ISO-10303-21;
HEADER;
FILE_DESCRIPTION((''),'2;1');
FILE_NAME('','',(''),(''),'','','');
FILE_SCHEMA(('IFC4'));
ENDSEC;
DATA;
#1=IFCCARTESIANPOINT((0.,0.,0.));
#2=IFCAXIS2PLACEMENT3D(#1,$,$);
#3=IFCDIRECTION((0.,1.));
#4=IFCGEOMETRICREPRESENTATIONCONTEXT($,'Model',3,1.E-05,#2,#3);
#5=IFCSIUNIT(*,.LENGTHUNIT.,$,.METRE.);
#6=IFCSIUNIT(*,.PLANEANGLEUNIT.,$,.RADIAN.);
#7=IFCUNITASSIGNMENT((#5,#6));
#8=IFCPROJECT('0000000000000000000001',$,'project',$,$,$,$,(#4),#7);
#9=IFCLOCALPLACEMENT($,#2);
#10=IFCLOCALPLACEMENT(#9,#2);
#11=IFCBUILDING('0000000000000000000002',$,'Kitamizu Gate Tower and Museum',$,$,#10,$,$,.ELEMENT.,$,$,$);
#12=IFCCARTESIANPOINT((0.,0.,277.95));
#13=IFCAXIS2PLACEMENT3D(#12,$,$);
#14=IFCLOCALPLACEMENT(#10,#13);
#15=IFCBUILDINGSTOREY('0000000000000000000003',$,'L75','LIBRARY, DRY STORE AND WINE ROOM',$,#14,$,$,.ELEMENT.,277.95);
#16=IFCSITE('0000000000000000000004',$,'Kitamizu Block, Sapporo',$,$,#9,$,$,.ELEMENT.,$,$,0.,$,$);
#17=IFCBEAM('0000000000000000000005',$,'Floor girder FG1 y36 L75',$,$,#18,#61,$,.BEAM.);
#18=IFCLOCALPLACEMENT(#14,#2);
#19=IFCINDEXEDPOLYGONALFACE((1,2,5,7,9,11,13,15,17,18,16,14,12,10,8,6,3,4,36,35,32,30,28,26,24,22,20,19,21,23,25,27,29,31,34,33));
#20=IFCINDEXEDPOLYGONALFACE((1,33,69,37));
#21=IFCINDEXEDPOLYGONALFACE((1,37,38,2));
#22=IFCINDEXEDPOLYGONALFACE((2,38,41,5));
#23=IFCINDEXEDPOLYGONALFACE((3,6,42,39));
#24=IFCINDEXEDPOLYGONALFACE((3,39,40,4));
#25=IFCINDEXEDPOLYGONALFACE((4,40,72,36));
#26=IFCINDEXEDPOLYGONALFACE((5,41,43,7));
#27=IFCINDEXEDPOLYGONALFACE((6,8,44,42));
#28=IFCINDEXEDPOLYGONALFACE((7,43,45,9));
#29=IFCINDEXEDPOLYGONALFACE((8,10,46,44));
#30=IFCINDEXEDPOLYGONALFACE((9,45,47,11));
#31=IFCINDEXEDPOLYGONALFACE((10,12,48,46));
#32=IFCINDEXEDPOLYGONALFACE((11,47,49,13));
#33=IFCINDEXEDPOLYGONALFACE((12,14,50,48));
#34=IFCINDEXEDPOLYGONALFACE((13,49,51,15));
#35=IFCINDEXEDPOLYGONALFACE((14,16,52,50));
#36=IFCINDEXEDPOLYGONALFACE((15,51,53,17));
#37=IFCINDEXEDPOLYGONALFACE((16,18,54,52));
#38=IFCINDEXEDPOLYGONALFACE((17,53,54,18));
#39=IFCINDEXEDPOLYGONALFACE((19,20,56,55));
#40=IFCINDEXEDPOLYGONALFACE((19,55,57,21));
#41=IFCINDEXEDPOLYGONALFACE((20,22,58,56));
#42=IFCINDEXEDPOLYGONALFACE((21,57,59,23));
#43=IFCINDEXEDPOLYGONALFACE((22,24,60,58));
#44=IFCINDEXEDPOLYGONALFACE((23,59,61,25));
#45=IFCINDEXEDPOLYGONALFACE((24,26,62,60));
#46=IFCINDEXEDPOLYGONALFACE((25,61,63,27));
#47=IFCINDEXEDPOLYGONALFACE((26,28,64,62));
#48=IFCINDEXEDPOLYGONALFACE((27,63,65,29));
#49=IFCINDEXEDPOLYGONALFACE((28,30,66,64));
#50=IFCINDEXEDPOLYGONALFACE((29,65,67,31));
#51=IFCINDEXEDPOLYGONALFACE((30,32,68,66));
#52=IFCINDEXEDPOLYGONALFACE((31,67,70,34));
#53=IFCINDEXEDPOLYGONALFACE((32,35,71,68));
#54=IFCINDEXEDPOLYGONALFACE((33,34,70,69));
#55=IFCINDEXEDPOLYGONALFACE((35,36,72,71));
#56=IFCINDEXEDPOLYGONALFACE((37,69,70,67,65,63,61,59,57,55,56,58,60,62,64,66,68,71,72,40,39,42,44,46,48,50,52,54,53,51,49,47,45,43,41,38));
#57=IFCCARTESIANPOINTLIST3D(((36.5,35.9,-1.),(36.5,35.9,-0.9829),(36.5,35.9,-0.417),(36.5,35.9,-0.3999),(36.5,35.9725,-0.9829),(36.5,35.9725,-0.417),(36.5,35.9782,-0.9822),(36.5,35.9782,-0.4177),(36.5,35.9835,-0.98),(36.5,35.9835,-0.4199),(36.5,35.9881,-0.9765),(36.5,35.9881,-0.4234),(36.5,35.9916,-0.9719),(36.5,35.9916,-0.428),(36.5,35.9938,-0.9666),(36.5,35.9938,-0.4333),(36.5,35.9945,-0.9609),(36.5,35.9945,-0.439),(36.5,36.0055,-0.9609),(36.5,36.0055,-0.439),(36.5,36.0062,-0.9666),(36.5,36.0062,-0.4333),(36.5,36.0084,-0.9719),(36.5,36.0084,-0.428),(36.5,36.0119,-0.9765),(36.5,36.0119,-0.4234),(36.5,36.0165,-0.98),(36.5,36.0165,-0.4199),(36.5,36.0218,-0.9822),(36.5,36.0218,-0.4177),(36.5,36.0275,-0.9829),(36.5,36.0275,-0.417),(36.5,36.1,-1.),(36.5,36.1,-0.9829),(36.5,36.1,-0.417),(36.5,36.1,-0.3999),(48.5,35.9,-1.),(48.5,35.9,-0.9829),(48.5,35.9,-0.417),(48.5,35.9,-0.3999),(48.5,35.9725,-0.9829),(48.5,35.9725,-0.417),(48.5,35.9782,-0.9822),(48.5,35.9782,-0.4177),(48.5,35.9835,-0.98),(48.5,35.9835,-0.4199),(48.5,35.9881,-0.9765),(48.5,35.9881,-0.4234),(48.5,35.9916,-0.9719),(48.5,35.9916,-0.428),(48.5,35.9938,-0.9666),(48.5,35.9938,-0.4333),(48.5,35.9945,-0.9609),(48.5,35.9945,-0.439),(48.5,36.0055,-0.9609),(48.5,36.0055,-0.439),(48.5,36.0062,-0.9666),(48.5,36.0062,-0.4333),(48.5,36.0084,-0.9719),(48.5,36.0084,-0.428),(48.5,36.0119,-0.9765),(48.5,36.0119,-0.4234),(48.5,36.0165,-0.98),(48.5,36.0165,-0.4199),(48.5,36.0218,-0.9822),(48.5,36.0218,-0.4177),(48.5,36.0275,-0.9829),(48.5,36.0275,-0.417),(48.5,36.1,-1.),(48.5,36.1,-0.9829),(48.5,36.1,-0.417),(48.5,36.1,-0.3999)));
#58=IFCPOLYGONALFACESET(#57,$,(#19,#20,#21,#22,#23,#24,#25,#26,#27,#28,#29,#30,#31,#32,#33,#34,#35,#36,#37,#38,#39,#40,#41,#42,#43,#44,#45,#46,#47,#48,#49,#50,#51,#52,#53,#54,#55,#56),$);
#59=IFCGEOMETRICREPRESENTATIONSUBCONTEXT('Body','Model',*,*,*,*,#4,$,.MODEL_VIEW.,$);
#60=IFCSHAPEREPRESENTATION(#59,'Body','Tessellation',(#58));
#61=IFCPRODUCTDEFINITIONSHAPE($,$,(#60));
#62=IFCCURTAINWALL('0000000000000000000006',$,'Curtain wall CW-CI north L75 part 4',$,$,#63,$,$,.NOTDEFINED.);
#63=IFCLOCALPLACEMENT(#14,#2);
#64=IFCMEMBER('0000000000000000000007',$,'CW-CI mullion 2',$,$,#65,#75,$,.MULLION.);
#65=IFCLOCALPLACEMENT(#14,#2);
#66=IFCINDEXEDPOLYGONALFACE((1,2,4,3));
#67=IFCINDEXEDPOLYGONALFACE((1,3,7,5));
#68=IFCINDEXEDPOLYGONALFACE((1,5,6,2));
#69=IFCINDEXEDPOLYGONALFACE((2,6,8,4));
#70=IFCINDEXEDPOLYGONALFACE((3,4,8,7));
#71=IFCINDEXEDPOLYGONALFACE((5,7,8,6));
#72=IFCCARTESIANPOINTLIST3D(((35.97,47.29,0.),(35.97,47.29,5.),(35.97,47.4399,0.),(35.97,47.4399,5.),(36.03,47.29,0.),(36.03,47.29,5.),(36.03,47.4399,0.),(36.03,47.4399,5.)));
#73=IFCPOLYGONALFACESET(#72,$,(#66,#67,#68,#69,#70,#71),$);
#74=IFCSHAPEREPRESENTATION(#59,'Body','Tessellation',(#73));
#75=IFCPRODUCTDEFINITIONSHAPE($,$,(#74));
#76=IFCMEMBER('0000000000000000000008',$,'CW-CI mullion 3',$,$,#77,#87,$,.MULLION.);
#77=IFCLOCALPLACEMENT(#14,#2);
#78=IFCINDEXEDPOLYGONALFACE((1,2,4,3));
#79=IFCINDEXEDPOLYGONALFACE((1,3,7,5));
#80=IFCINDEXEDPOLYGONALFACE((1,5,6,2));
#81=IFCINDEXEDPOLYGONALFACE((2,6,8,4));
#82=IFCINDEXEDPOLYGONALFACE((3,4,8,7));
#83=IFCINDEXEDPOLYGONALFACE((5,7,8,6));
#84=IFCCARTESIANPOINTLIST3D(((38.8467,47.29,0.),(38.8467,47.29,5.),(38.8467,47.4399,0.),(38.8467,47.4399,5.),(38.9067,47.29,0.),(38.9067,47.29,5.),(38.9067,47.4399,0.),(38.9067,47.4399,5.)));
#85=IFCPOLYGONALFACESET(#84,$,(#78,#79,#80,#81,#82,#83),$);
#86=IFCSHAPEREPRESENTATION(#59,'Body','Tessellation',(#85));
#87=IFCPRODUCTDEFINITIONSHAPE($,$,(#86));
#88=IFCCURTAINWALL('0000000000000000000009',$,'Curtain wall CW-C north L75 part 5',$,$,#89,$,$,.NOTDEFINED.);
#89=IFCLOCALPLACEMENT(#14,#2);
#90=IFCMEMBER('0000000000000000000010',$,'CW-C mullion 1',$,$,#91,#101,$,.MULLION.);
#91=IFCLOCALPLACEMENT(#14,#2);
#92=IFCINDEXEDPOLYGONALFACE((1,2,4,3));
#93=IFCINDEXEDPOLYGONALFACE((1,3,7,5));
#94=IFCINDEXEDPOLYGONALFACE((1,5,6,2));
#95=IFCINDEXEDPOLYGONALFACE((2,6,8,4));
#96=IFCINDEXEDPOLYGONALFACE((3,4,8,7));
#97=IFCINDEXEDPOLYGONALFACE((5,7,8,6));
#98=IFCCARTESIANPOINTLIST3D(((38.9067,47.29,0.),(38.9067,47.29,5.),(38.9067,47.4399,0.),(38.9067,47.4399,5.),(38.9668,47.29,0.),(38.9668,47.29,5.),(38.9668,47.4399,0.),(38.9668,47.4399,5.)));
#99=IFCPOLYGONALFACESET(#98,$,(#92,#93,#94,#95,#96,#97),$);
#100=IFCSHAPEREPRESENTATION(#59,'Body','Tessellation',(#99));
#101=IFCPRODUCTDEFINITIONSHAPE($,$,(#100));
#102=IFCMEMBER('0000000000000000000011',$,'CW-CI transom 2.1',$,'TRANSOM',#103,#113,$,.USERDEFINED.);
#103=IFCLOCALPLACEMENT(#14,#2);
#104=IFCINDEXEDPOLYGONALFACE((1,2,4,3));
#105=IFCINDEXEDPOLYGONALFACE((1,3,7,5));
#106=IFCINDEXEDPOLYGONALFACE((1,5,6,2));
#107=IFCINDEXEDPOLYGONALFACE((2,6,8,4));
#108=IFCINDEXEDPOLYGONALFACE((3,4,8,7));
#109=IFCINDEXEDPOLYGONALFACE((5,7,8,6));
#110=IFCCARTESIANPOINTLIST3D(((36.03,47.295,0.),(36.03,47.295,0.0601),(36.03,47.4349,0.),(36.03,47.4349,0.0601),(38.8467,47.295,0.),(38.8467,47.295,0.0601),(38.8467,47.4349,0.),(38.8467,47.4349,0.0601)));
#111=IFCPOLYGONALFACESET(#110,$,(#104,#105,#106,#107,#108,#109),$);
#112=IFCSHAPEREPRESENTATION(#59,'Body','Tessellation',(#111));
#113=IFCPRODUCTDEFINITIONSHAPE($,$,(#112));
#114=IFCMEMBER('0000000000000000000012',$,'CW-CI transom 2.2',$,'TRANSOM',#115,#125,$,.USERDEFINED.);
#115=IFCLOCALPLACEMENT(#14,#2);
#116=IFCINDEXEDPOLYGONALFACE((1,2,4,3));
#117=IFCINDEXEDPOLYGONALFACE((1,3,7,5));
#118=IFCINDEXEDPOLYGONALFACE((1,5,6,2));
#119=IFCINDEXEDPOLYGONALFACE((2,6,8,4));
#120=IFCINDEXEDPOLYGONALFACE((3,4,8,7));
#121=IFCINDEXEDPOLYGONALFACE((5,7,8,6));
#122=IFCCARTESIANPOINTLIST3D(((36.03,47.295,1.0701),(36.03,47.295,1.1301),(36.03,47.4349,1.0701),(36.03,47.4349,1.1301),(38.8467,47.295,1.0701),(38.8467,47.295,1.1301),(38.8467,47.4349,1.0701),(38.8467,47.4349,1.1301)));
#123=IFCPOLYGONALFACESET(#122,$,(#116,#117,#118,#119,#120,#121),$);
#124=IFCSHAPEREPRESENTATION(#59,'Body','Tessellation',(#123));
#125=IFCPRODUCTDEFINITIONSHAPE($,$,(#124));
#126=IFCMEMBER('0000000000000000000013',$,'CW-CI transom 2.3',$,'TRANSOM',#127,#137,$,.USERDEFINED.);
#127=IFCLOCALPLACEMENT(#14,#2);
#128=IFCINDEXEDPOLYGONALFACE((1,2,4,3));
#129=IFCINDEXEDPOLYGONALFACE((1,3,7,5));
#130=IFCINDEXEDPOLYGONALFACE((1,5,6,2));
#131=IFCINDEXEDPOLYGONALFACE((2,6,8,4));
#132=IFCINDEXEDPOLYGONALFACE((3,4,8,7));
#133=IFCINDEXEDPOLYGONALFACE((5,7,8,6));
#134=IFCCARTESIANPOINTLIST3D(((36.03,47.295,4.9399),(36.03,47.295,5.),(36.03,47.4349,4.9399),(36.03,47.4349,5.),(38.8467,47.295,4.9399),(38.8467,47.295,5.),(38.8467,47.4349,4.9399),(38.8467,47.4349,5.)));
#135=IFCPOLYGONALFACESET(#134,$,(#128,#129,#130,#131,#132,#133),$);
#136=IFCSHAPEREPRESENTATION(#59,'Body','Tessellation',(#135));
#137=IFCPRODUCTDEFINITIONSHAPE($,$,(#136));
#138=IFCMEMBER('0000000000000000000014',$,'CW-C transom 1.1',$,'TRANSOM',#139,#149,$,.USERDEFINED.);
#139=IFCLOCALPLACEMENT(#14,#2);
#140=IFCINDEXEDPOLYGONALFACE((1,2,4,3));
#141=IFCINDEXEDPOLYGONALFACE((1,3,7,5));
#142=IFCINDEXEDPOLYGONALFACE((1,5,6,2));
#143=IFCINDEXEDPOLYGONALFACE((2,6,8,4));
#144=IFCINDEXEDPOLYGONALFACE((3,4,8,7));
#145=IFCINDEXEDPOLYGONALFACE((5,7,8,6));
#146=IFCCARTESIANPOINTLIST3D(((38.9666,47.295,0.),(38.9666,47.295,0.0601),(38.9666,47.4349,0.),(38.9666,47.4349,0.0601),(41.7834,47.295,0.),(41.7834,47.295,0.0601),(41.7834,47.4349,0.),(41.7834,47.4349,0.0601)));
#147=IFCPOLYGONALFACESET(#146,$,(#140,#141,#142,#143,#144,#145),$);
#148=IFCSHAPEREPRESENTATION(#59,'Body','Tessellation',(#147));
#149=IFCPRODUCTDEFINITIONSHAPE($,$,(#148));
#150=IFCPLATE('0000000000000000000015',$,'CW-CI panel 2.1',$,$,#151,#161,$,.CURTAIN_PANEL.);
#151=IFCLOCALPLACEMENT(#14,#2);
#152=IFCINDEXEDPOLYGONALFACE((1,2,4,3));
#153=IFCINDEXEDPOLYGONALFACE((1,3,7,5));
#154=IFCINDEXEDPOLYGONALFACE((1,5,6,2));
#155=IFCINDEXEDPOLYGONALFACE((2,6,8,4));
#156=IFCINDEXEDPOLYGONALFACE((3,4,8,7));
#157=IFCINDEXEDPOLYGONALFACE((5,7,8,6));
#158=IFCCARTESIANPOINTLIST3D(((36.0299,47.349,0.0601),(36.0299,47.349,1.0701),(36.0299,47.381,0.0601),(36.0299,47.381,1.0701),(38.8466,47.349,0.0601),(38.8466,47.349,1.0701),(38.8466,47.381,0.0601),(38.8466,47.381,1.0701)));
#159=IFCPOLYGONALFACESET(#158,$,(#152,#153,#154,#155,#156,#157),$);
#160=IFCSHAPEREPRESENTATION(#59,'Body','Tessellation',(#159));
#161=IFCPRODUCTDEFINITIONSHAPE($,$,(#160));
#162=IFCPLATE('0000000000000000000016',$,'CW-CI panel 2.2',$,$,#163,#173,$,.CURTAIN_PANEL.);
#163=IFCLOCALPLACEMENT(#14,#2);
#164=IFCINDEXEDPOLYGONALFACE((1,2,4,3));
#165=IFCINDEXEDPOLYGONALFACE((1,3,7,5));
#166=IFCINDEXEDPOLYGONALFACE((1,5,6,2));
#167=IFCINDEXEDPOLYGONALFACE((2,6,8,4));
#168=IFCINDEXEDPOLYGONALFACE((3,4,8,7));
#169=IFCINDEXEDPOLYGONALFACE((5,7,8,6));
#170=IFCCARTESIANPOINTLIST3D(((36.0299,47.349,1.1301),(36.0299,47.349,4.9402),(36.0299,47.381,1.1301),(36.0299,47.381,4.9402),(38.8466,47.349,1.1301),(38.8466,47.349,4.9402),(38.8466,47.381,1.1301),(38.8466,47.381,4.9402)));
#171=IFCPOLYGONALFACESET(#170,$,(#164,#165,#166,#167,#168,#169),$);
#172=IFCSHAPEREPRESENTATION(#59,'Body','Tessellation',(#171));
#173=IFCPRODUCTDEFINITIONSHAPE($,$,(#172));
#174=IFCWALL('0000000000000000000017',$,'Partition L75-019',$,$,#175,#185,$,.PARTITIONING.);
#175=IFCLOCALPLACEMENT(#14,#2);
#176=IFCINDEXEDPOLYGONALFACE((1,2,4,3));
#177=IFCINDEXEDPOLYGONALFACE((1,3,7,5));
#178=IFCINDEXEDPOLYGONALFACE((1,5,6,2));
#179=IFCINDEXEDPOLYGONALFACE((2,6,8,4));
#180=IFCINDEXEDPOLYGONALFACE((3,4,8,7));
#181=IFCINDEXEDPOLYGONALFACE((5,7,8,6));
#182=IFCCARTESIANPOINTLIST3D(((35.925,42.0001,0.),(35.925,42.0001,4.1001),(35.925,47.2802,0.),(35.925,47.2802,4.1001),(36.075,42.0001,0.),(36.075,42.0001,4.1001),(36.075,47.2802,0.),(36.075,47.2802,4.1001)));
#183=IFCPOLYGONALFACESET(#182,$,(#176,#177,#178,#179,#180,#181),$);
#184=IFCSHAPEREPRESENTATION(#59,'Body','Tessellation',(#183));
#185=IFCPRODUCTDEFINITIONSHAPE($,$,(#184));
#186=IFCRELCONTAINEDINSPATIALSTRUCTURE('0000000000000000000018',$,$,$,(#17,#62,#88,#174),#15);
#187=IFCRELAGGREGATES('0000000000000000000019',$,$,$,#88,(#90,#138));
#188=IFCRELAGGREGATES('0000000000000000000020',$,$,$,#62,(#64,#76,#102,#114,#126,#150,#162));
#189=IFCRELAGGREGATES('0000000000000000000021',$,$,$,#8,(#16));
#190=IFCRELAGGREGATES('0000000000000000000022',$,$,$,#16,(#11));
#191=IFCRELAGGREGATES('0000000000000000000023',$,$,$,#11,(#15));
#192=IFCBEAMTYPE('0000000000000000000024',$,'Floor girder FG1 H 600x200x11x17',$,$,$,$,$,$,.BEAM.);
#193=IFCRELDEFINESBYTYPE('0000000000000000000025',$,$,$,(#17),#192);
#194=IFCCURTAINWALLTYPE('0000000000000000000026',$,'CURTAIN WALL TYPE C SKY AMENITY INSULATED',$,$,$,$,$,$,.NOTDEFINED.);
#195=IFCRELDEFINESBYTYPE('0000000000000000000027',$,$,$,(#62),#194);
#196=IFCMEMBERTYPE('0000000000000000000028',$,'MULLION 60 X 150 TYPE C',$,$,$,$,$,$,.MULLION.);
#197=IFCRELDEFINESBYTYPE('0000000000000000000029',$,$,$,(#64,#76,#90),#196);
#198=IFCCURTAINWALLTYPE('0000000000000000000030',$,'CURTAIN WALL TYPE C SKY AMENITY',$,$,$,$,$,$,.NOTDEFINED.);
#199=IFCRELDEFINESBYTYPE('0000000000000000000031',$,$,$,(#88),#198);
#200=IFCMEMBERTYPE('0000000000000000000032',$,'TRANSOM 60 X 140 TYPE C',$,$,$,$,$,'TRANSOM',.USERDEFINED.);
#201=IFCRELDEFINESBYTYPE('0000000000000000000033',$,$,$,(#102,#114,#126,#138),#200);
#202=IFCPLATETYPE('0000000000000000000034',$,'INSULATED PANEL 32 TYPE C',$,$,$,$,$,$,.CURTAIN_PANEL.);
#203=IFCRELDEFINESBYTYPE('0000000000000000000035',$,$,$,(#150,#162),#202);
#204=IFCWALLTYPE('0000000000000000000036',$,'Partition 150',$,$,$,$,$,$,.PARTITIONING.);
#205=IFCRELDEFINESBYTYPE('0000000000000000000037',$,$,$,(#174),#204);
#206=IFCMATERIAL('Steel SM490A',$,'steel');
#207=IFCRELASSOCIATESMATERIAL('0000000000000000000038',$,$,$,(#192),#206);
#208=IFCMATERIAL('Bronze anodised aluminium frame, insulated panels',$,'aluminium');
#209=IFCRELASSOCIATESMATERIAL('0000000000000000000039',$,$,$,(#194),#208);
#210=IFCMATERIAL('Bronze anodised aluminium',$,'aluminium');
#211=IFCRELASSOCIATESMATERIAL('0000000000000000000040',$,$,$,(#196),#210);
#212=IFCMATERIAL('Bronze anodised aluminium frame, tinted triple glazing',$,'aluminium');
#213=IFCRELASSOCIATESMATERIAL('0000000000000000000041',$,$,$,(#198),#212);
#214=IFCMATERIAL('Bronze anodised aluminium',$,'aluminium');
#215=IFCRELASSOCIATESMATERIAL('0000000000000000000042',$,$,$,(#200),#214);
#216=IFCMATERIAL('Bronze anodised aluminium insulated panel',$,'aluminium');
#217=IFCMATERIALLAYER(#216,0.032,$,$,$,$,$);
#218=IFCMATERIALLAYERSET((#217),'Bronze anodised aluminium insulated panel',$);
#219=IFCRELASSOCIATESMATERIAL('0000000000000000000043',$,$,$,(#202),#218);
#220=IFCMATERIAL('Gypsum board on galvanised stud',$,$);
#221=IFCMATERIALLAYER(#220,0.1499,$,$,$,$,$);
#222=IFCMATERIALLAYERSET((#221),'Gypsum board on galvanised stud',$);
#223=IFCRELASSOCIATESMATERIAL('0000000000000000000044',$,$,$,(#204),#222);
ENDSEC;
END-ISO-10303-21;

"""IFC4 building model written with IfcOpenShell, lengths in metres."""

from ifc_helpers import new_model, si_unit, direction, frame, frame_2d, origin, origin_2d, place, context, subcontext, project, spatial, rectangle, i_section, extrude, material, layer, layer_set, material_profile, profile_set, type_object, element, aggregate, save


model = new_model("IFC4")

# Units and contexts
model_context = context("Model", 3, precision=1e-05, world=origin(), true_north=direction((0.0, 1.0)))
body_context = subcontext(model_context, "Body", "Model", "MODEL_VIEW")
ifc_project = project(units=[si_unit("LENGTHUNIT", "METRE"), si_unit("PLANEANGLEUNIT", "RADIAN")], contexts=[model_context])

# Site, building, storey
site_placement = place(None, origin())
site = spatial("IfcSite", under=ifc_project, at=site_placement, Name="Kitamizu Block, Sapporo", CompositionType="ELEMENT", RefElevation=0.0)
building_placement = place(site_placement, origin())
building = spatial("IfcBuilding", under=site, at=building_placement, Name="Kitamizu Gate Tower and Museum", CompositionType="ELEMENT")
storey_placement = place(building_placement, frame((0.0, 0.0, 277.95)))
storey = spatial("IfcBuildingStorey", under=building, at=storey_placement, Name="L75", Description="LIBRARY, DRY STORE AND WINE ROOM", CompositionType="ELEMENT", Elevation=277.95)

# Beam
ifc_material_1 = material(Name="Steel SM490A", Category="steel")
ifc_material_profile_1 = material_profile(ifc_material_1, i_section(OverallWidth=0.2, OverallDepth=0.6001, WebThickness=0.011, FlangeThickness=0.0171, FilletRadius=0.022, at=origin_2d()), Name="H-600x200x11x17")
ifc_profile_set_1 = profile_set([ifc_material_profile_1], Name="Steel SM490A")
beam_type = type_object("IfcBeamType", Name="Floor girder FG1 H 600x200x11x17", PredefinedType="BEAM", material=ifc_profile_set_1)
beam_placement = place(storey_placement, frame((36.5, 36.0, -0.7), z_axis=(1.0, 0.0, 0.0), x_axis=(0.0, 1.0, 0.0)))
element("IfcBeam", 1, at=beam_placement, inside=storey, type_object=beam_type, Name="Floor girder FG1 y36 L75", PredefinedType="BEAM", context=body_context, shape_type="SweptSolid", body=[
    extrude(i_section(OverallWidth=0.2, OverallDepth=0.6001, WebThickness=0.011, FlangeThickness=0.0171, FilletRadius=0.022, at=origin_2d()), origin(), (0.0, 0.0, 1.0), 12.0),
])

# Curtain wall, members
ifc_material_2 = material(Name="Bronze anodised aluminium frame, insulated panels", Category="aluminium")
curtain_wall_type_1 = type_object("IfcCurtainWallType", Name="CURTAIN WALL TYPE C SKY AMENITY INSULATED", PredefinedType="NOTDEFINED", material=ifc_material_2)
curtain_wall_1_placement = place(storey_placement, origin())
curtain_wall_1 = element("IfcCurtainWall", 2, at=curtain_wall_1_placement, inside=storey, type_object=curtain_wall_type_1, Name="Curtain wall CW-CI north L75 part 4", PredefinedType="NOTDEFINED")
ifc_material_3 = material(Name="Bronze anodised aluminium", Category="aluminium")
ifc_material_profile_2 = material_profile(ifc_material_3, rectangle(XDim=0.0601, YDim=0.1499, at=origin_2d()), Name="AL 60X150")
ifc_profile_set_2 = profile_set([ifc_material_profile_2], Name="Bronze anodised aluminium")
member_type_1 = type_object("IfcMemberType", Name="MULLION 60 X 150 TYPE C", PredefinedType="MULLION", material=ifc_profile_set_2)
member_1_placement = place(storey_placement, frame((36.0, 47.365, 0.0), z_axis=(0.0, 0.0, 1.0), x_axis=(1.0, 0.0, 0.0)))
member_1 = element("IfcMember", 3, at=member_1_placement, type_object=member_type_1, Name="CW-CI mullion 2", PredefinedType="MULLION", context=body_context, shape_type="SweptSolid", body=[
    extrude(rectangle(XDim=0.0601, YDim=0.1499, at=origin_2d()), origin(), (0.0, 0.0, 1.0), 5.0),
])
member_2_placement = place(storey_placement, frame((38.8767, 47.365, 0.0), z_axis=(0.0, 0.0, 1.0), x_axis=(1.0, 0.0, 0.0)))
member_2 = element("IfcMember", 4, at=member_2_placement, type_object=member_type_1, Name="CW-CI mullion 3", PredefinedType="MULLION", context=body_context, shape_type="SweptSolid", body=[
    extrude(rectangle(XDim=0.0601, YDim=0.1499, at=origin_2d()), origin(), (0.0, 0.0, 1.0), 5.0),
])

# Curtain wall, member
ifc_material_4 = material(Name="Bronze anodised aluminium frame, tinted triple glazing", Category="aluminium")
curtain_wall_type_2 = type_object("IfcCurtainWallType", Name="CURTAIN WALL TYPE C SKY AMENITY", PredefinedType="NOTDEFINED", material=ifc_material_4)
curtain_wall_2_placement = place(storey_placement, origin())
curtain_wall_2 = element("IfcCurtainWall", 5, at=curtain_wall_2_placement, inside=storey, type_object=curtain_wall_type_2, Name="Curtain wall CW-C north L75 part 5", PredefinedType="NOTDEFINED")
member_3_placement = place(storey_placement, frame((38.9368, 47.365, 0.0), z_axis=(0.0, 0.0, 1.0), x_axis=(1.0, 0.0, 0.0)))
member_3 = element("IfcMember", 6, at=member_3_placement, type_object=member_type_1, Name="CW-C mullion 1", PredefinedType="MULLION", context=body_context, shape_type="SweptSolid", body=[
    extrude(rectangle(XDim=0.0601, YDim=0.1499, at=origin_2d()), origin(), (0.0, 0.0, 1.0), 5.0),
])

# Members
ifc_material_5 = material(Name="Bronze anodised aluminium", Category="aluminium")
ifc_material_profile_3 = material_profile(ifc_material_5, rectangle(XDim=0.1399, YDim=0.0601, at=origin_2d()), Name="AL 60X140")
ifc_profile_set_3 = profile_set([ifc_material_profile_3], Name="Bronze anodised aluminium")
member_type_2 = type_object("IfcMemberType", Name="TRANSOM 60 X 140 TYPE C", ElementType="TRANSOM", PredefinedType="USERDEFINED", material=ifc_profile_set_3)
member_4_placement = place(storey_placement, frame((36.03, 47.365, 0.03), z_axis=(1.0, 0.0, 0.0), x_axis=(0.0, 1.0, 0.0)))
member_4 = element("IfcMember", 7, at=member_4_placement, type_object=member_type_2, Name="CW-CI transom 2.1", ObjectType="TRANSOM", PredefinedType="USERDEFINED", context=body_context, shape_type="SweptSolid", body=[
    extrude(rectangle(XDim=0.1399, YDim=0.0601, at=origin_2d()), origin(), (0.0, 0.0, 1.0), 2.8167),
])
member_5_placement = place(storey_placement, frame((36.03, 47.365, 1.1001), z_axis=(1.0, 0.0, 0.0), x_axis=(0.0, 1.0, 0.0)))
member_5 = element("IfcMember", 8, at=member_5_placement, type_object=member_type_2, Name="CW-CI transom 2.2", ObjectType="TRANSOM", PredefinedType="USERDEFINED", context=body_context, shape_type="SweptSolid", body=[
    extrude(rectangle(XDim=0.1399, YDim=0.0601, at=origin_2d()), origin(), (0.0, 0.0, 1.0), 2.8167),
])
member_6_placement = place(storey_placement, frame((36.03, 47.365, 4.97), z_axis=(1.0, 0.0, 0.0), x_axis=(0.0, 1.0, 0.0)))
member_6 = element("IfcMember", 9, at=member_6_placement, type_object=member_type_2, Name="CW-CI transom 2.3", ObjectType="TRANSOM", PredefinedType="USERDEFINED", context=body_context, shape_type="SweptSolid", body=[
    extrude(rectangle(XDim=0.1399, YDim=0.0601, at=origin_2d()), origin(), (0.0, 0.0, 1.0), 2.8167),
])
member_7_placement = place(storey_placement, frame((38.9666, 47.365, 0.03), z_axis=(1.0, 0.0, 0.0), x_axis=(0.0, 1.0, 0.0)))
member_7 = element("IfcMember", 10, at=member_7_placement, type_object=member_type_2, Name="CW-C transom 1.1", ObjectType="TRANSOM", PredefinedType="USERDEFINED", context=body_context, shape_type="SweptSolid", body=[
    extrude(rectangle(XDim=0.1399, YDim=0.0601, at=origin_2d()), origin(), (0.0, 0.0, 1.0), 2.8169),
])
aggregate(curtain_wall_2, [member_3, member_7])

# Plates
ifc_material_6 = material(Name="Bronze anodised aluminium insulated panel", Category="aluminium")
ifc_layer_1 = layer(ifc_material_6, 0.032)
ifc_layer_set_1 = layer_set([ifc_layer_1], Name="Bronze anodised aluminium insulated panel")
plate_type = type_object("IfcPlateType", Name="INSULATED PANEL 32 TYPE C", PredefinedType="CURTAIN_PANEL", material=ifc_layer_set_1)
plate_1_placement = place(storey_placement, frame((37.4382, 47.365, 0.0601), z_axis=(0.0, 0.0, 1.0), x_axis=(1.0, 0.0, 0.0)))
plate_1 = element("IfcPlate", 11, at=plate_1_placement, type_object=plate_type, Name="CW-CI panel 2.1", PredefinedType="CURTAIN_PANEL", context=body_context, shape_type="SweptSolid", body=[
    extrude(rectangle(XDim=2.8167, YDim=0.032, at=origin_2d()), origin(), (0.0, 0.0, 1.0), 1.01),
])
plate_2_placement = place(storey_placement, frame((37.4382, 47.365, 1.1301), z_axis=(0.0, 0.0, 1.0), x_axis=(1.0, 0.0, 0.0)))
plate_2 = element("IfcPlate", 12, at=plate_2_placement, type_object=plate_type, Name="CW-CI panel 2.2", PredefinedType="CURTAIN_PANEL", context=body_context, shape_type="SweptSolid", body=[
    extrude(rectangle(XDim=2.8167, YDim=0.032, at=origin_2d()), origin(), (0.0, 0.0, 1.0), 3.8101),
])
aggregate(curtain_wall_1, [member_1, member_2, member_4, member_5, member_6, plate_1, plate_2])

# Wall
ifc_material_7 = material(Name="Gypsum board on galvanised stud")
ifc_layer_2 = layer(ifc_material_7, 0.1499)
ifc_layer_set_2 = layer_set([ifc_layer_2], Name="Gypsum board on galvanised stud")
wall_type_1 = type_object("IfcWallType", Name="Partition 150", PredefinedType="PARTITIONING", material=ifc_layer_set_2)
wall_1_placement = place(storey_placement, frame((36.0, 42.0, 0.0), z_axis=(0.0, 0.0, 1.0), x_axis=(0.0, 1.0, 0.0)))
element("IfcWall", 13, at=wall_1_placement, inside=storey, type_object=wall_type_1, Name="Partition L75-019", PredefinedType="PARTITIONING", context=body_context, shape_type="SweptSolid", body=[
    extrude(rectangle(XDim=5.28, YDim=0.1499, at=frame_2d((2.6401, 0.0))), origin(), (0.0, 0.0, 1.0), 4.1001),
])

save(model, "model.ifc")
